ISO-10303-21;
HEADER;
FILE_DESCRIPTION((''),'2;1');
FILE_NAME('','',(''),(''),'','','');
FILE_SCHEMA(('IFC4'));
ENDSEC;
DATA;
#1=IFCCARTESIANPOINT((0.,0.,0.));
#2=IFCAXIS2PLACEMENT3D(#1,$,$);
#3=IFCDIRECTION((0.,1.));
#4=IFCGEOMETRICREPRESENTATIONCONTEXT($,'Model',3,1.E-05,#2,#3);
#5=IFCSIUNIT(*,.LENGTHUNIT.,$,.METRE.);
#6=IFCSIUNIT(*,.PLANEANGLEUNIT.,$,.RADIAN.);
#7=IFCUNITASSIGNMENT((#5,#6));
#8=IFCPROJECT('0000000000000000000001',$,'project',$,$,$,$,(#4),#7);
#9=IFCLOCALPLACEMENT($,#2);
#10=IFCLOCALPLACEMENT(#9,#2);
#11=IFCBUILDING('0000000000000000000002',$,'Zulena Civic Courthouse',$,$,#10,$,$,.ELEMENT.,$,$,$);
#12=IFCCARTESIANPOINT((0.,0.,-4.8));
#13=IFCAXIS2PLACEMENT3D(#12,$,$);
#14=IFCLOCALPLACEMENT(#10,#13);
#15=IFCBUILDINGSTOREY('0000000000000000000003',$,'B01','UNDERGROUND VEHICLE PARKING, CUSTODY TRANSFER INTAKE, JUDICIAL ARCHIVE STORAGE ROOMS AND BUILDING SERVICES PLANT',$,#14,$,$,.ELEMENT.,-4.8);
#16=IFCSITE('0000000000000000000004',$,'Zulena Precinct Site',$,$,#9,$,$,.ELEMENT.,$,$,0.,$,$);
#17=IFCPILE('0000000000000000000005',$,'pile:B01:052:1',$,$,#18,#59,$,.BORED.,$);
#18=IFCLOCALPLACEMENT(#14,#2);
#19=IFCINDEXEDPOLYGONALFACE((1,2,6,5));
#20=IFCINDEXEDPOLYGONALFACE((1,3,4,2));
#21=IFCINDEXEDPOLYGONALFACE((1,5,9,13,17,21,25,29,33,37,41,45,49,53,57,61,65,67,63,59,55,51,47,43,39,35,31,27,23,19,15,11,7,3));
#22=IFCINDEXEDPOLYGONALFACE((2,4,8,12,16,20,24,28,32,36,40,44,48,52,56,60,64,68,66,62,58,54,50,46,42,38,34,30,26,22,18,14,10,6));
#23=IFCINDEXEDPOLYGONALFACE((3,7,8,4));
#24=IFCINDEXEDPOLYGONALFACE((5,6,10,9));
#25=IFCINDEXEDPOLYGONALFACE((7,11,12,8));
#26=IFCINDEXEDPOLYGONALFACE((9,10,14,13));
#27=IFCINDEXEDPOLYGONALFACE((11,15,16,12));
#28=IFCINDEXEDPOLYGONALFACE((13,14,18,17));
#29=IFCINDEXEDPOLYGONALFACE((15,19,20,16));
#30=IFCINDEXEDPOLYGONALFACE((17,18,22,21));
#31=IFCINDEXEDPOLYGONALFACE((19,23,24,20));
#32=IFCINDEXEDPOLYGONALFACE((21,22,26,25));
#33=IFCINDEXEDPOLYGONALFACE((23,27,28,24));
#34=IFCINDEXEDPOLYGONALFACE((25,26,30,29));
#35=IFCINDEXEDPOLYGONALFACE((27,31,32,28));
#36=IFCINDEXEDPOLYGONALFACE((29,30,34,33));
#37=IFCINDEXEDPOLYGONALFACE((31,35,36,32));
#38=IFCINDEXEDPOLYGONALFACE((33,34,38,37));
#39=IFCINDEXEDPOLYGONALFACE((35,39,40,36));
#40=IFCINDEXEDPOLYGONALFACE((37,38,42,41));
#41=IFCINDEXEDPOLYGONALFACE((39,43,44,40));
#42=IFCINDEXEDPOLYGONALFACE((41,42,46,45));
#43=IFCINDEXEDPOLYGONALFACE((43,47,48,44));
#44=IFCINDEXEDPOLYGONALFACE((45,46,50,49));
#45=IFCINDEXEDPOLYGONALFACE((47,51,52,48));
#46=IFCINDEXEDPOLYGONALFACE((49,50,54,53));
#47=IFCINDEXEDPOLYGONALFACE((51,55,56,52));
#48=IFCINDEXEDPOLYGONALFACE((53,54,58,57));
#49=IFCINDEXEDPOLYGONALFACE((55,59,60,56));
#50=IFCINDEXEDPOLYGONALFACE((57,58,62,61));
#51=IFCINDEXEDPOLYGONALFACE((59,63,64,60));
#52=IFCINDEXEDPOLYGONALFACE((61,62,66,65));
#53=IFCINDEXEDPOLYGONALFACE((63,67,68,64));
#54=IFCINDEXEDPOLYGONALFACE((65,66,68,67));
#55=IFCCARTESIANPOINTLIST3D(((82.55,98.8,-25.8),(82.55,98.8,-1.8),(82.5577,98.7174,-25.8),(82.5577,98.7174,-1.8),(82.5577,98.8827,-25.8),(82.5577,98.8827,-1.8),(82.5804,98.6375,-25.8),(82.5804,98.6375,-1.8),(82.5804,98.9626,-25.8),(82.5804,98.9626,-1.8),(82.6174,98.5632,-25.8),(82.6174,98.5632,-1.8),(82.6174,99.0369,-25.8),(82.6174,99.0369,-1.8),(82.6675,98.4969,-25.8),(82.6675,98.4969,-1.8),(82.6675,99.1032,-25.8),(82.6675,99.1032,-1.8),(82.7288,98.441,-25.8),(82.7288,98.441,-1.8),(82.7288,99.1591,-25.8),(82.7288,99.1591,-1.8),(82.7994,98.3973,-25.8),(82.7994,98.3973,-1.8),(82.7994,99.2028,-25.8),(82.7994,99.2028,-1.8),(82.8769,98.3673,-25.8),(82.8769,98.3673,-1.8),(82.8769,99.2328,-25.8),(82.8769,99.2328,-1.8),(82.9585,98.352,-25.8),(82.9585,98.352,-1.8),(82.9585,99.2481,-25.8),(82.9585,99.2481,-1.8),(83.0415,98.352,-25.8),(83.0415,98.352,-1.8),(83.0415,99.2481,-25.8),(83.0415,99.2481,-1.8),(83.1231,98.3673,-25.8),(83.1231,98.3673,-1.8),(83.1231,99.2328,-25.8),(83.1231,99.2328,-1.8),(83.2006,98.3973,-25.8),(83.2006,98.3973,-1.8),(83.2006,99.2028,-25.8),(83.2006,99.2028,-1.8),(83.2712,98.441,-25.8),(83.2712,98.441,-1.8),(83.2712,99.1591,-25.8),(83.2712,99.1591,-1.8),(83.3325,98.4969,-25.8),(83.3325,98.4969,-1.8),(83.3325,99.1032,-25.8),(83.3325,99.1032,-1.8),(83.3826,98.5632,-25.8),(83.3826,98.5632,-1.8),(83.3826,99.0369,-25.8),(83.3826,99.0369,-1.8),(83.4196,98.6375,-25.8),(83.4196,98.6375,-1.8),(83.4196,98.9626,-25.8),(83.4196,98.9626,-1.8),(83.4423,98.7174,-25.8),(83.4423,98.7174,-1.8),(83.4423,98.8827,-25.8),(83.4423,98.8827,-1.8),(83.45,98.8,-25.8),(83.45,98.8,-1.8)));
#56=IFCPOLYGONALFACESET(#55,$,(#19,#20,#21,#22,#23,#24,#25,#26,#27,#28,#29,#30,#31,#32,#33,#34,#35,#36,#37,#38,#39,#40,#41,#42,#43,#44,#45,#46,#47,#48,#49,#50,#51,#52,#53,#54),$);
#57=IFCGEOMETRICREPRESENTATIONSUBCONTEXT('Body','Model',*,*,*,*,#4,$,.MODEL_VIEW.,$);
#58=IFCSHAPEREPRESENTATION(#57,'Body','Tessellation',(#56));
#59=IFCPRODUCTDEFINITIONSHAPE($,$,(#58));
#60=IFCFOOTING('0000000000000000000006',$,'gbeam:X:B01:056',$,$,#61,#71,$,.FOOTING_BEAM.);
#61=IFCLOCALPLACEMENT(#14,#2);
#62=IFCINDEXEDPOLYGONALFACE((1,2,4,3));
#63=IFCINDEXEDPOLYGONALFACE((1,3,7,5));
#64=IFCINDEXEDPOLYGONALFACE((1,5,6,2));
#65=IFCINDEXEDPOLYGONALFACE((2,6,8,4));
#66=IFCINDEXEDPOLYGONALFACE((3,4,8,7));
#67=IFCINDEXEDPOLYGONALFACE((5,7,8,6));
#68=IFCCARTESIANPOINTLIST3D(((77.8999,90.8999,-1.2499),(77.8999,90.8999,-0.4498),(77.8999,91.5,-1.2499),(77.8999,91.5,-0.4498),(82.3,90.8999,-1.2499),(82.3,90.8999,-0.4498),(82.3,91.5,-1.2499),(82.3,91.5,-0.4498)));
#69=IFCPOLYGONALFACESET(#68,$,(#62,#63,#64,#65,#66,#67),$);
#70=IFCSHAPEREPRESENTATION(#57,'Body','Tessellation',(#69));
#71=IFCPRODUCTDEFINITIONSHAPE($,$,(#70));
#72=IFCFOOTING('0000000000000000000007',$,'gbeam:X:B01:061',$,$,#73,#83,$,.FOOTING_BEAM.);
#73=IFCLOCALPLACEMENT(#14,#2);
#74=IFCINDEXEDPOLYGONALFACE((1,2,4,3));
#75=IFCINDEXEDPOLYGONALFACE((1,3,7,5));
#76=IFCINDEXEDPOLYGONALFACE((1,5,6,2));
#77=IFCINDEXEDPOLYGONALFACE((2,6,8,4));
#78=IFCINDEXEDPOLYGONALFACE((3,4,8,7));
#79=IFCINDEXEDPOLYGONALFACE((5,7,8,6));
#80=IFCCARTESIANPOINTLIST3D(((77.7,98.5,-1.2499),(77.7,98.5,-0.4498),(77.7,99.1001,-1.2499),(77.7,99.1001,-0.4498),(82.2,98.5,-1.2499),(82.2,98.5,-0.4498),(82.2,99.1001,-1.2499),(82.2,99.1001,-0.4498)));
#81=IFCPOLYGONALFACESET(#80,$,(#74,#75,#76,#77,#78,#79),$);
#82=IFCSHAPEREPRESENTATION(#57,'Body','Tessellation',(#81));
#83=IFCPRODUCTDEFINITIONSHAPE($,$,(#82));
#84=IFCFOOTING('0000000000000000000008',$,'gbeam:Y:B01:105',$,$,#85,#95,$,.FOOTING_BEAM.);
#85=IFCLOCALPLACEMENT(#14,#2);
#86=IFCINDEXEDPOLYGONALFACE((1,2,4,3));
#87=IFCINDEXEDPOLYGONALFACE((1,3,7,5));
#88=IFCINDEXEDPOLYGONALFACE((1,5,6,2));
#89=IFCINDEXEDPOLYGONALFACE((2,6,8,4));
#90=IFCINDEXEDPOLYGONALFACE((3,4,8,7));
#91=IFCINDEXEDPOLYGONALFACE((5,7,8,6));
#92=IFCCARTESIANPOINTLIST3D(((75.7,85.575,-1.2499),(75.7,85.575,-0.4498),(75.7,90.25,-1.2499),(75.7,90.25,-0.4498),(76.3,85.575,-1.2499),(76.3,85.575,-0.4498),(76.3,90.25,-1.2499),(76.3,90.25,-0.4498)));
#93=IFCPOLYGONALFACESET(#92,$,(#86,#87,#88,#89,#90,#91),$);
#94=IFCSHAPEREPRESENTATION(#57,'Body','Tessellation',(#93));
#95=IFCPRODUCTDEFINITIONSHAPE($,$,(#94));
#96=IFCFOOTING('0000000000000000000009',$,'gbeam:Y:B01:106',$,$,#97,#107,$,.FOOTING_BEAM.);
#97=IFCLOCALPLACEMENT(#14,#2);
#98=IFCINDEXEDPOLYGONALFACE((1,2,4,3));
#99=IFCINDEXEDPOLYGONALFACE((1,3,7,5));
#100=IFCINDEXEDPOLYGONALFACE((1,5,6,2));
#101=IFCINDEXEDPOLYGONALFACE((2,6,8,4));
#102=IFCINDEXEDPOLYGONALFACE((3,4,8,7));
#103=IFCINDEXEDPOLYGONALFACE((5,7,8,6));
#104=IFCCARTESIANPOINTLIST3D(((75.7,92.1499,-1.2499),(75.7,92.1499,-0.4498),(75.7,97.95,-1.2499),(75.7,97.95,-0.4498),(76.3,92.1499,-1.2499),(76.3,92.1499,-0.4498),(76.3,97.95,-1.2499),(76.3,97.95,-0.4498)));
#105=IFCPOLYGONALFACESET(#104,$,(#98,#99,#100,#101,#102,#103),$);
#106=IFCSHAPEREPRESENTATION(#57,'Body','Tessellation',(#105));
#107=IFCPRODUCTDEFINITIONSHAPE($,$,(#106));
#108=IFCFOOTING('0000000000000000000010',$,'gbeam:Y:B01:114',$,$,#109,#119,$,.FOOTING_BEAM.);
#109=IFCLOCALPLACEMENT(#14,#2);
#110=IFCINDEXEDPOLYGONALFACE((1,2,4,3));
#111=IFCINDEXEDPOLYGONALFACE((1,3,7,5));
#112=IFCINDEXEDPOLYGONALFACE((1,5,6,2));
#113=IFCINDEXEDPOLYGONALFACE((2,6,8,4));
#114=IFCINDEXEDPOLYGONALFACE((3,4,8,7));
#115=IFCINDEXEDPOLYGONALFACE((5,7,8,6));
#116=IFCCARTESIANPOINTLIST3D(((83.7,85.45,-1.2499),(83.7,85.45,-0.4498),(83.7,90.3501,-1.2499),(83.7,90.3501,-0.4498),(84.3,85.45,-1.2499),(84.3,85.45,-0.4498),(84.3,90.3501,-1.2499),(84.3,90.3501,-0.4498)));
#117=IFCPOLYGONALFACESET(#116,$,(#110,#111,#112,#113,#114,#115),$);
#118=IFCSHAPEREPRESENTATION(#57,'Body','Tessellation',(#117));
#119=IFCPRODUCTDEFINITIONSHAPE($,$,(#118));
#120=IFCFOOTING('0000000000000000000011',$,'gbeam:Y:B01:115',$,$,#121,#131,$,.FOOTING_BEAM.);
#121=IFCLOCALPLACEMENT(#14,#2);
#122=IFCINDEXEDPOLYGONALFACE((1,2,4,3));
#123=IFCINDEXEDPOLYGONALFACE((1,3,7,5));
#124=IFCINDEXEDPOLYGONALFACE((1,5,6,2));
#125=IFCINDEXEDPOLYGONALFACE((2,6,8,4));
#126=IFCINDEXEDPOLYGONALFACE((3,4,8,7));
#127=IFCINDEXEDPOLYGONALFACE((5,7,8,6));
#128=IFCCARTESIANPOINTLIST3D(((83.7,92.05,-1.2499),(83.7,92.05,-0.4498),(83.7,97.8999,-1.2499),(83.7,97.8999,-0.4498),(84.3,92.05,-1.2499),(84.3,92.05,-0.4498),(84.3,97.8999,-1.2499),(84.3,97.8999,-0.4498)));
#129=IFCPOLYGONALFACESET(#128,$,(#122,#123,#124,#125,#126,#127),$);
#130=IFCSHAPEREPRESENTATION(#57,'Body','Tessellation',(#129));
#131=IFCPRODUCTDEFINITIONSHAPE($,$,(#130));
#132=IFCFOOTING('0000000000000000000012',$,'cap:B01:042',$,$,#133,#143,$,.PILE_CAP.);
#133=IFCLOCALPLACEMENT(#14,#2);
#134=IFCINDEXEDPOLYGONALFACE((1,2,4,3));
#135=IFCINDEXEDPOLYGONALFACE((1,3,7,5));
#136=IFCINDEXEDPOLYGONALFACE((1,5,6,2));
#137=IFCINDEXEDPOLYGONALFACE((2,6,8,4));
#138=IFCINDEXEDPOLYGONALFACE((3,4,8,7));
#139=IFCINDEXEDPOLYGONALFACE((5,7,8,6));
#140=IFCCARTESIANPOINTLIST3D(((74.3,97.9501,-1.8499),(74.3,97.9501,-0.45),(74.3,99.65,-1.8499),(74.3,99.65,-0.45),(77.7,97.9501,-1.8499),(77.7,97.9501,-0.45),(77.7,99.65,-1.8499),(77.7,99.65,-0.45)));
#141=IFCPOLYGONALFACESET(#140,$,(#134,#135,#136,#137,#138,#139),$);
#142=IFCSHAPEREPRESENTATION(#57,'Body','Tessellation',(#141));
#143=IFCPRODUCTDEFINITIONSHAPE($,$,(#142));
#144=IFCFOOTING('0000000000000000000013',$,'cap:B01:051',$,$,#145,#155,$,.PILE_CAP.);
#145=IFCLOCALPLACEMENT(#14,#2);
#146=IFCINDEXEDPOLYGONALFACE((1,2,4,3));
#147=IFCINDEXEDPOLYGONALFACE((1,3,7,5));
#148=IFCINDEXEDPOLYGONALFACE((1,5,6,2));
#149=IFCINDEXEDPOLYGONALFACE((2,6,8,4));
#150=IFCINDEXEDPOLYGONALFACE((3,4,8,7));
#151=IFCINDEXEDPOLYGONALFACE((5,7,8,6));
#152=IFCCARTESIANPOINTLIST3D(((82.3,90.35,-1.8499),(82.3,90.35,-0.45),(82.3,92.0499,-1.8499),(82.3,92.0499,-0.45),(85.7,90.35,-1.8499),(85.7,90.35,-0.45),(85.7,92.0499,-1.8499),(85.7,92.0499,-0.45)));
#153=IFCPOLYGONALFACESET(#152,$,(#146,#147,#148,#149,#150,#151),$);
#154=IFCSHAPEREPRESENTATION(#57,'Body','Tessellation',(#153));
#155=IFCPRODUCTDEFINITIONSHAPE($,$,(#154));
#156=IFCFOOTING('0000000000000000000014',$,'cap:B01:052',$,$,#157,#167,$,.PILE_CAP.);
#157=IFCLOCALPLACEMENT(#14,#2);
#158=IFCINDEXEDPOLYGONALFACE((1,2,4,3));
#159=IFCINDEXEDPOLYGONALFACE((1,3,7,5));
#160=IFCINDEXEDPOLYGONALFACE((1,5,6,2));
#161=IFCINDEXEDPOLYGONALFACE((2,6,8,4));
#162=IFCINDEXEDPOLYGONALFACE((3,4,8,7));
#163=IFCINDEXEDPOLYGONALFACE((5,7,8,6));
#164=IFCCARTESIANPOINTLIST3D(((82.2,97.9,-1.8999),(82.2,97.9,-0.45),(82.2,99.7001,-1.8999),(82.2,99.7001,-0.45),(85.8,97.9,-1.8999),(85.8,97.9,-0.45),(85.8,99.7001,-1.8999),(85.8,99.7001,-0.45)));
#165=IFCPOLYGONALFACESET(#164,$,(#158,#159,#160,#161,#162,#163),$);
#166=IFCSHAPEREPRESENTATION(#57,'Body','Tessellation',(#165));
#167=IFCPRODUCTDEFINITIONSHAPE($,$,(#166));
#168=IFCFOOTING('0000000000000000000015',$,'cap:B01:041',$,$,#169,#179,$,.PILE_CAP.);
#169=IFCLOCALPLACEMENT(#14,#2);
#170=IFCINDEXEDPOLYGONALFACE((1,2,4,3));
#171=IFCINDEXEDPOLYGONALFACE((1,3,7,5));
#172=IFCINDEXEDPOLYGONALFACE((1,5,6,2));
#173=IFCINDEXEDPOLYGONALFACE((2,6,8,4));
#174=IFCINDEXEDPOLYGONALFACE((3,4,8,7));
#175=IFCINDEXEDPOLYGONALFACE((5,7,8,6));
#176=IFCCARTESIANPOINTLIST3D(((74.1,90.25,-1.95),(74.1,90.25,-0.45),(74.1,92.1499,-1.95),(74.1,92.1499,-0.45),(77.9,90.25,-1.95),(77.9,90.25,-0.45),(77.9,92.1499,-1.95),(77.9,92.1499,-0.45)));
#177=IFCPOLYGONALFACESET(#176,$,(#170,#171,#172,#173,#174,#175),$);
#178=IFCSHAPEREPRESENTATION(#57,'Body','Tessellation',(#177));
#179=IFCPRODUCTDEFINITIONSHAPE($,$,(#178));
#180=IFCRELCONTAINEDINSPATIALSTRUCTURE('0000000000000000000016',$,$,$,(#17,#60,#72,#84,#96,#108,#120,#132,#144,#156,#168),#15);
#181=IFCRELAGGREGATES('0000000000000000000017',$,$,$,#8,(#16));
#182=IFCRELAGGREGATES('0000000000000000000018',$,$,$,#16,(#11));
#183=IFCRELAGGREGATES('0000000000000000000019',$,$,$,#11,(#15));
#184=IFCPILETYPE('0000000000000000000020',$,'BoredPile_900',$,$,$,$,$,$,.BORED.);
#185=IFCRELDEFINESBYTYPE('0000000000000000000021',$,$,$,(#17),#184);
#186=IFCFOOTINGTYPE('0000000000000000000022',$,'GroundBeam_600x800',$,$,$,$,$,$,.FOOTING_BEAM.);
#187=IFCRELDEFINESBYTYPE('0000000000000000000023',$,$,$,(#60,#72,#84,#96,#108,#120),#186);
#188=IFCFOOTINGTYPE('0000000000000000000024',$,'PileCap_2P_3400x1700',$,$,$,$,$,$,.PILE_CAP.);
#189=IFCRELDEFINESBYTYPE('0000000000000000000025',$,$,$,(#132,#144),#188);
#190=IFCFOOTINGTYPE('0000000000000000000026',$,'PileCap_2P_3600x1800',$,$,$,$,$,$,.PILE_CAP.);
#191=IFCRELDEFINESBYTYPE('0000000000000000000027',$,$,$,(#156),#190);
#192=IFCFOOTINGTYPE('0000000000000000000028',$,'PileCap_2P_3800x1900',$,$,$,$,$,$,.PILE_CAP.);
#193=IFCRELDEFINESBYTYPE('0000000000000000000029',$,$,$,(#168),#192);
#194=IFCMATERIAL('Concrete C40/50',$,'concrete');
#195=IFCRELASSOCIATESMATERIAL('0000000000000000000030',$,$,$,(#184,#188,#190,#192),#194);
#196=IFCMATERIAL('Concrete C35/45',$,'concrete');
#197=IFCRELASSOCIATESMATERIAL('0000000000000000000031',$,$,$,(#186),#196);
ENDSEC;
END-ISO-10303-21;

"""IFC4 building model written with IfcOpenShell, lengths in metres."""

from ifc_helpers import new_model, si_unit, direction, frame, origin, origin_2d, place, context, subcontext, project, spatial, rectangle, circle, extrude, material, material_profile, profile_set, type_object, element, save


model = new_model("IFC4")

# Units and contexts
model_context = context("Model", 3, precision=1e-05, world=origin(), true_north=direction((0.0, 1.0)))
body_context = subcontext(model_context, "Body", "Model", "MODEL_VIEW")
ifc_project = project(units=[si_unit("LENGTHUNIT", "METRE"), si_unit("PLANEANGLEUNIT", "RADIAN")], contexts=[model_context])

# Site, building, storey
site_placement = place(None, origin())
site = spatial("IfcSite", under=ifc_project, at=site_placement, Name="Zulena Precinct Site", CompositionType="ELEMENT", RefElevation=0.0)
building_placement = place(site_placement, origin())
building = spatial("IfcBuilding", under=site, at=building_placement, Name="Zulena Civic Courthouse", CompositionType="ELEMENT")
storey_placement = place(building_placement, frame((0.0, 0.0, -4.8)))
storey = spatial("IfcBuildingStorey", under=building, at=storey_placement, Name="B01", Description="UNDERGROUND VEHICLE PARKING, CUSTODY TRANSFER INTAKE, JUDICIAL ARCHIVE STORAGE ROOMS AND BUILDING SERVICES PLANT", CompositionType="ELEMENT", Elevation=-4.8)

# Pile
ifc_material_1 = material(Name="Concrete C40/50", Category="concrete")
ifc_material_profile_1 = material_profile(ifc_material_1, circle(Radius=0.45, at=origin_2d()), Name="PILE900")
ifc_profile_set_1 = profile_set([ifc_material_profile_1], Name="Concrete C40/50")
pile_type_1 = type_object("IfcPileType", Name="BoredPile_900", PredefinedType="BORED", material=ifc_profile_set_1)
for number, where, z_axis, x_axis, name in (
    (1, (83.0, 98.8, -1.8), (0.0, 0.0, -1.0), (1.0, 0.0, 0.0), "pile:B01:052:1"),
):
    element("IfcPile", number, at=place(storey_placement, frame(where, z_axis=z_axis, x_axis=x_axis)), inside=storey, type_object=pile_type_1, Name=name, PredefinedType="BORED", context=body_context, shape_type="SweptSolid", body=[
        extrude(circle(Radius=0.45, at=origin_2d()), origin(), (0.0, 0.0, 1.0), 24.0),
    ])

# Footings
ifc_material_2 = material(Name="Concrete C35/45", Category="concrete")
ifc_material_profile_2 = material_profile(ifc_material_2, rectangle(XDim=0.6001, YDim=0.8, at=origin_2d()), Name="RC600X800")
ifc_profile_set_2 = profile_set([ifc_material_profile_2], Name="Concrete C35/45")
footing_type_1 = type_object("IfcFootingType", Name="GroundBeam_600x800", PredefinedType="FOOTING_BEAM", material=ifc_profile_set_2)
footing_1_placement = place(storey_placement, frame((77.8999, 91.2, -0.8499), z_axis=(1.0, 0.0, 0.0), x_axis=(0.0, 1.0, 0.0)))
element("IfcFooting", 2, at=footing_1_placement, inside=storey, type_object=footing_type_1, Name="gbeam:X:B01:056", PredefinedType="FOOTING_BEAM", context=body_context, shape_type="SweptSolid", body=[
    extrude(rectangle(XDim=0.6001, YDim=0.8, at=origin_2d()), origin(), (0.0, 0.0, 1.0), 4.4001),
])
footing_2_placement = place(storey_placement, frame((77.7, 98.8, -0.8499), z_axis=(1.0, 0.0, 0.0), x_axis=(0.0, 1.0, 0.0)))
element("IfcFooting", 3, at=footing_2_placement, inside=storey, type_object=footing_type_1, Name="gbeam:X:B01:061", PredefinedType="FOOTING_BEAM", context=body_context, shape_type="SweptSolid", body=[
    extrude(rectangle(XDim=0.6001, YDim=0.8, at=origin_2d()), origin(), (0.0, 0.0, 1.0), 4.5),
])
footing_3_placement = place(storey_placement, frame((76.0, 85.575, -0.8499), z_axis=(0.0, 1.0, 0.0), x_axis=(-1.0, 0.0, 0.0)))
element("IfcFooting", 4, at=footing_3_placement, inside=storey, type_object=footing_type_1, Name="gbeam:Y:B01:105", PredefinedType="FOOTING_BEAM", context=body_context, shape_type="SweptSolid", body=[
    extrude(rectangle(XDim=0.6001, YDim=0.8, at=origin_2d()), origin(), (0.0, 0.0, 1.0), 4.675),
])
footing_4_placement = place(storey_placement, frame((76.0, 92.1499, -0.8499), z_axis=(0.0, 1.0, 0.0), x_axis=(-1.0, 0.0, 0.0)))
element("IfcFooting", 5, at=footing_4_placement, inside=storey, type_object=footing_type_1, Name="gbeam:Y:B01:106", PredefinedType="FOOTING_BEAM", context=body_context, shape_type="SweptSolid", body=[
    extrude(rectangle(XDim=0.6001, YDim=0.8, at=origin_2d()), origin(), (0.0, 0.0, 1.0), 5.8),
])
footing_5_placement = place(storey_placement, frame((84.0, 85.45, -0.8499), z_axis=(0.0, 1.0, 0.0), x_axis=(-1.0, 0.0, 0.0)))
element("IfcFooting", 6, at=footing_5_placement, inside=storey, type_object=footing_type_1, Name="gbeam:Y:B01:114", PredefinedType="FOOTING_BEAM", context=body_context, shape_type="SweptSolid", body=[
    extrude(rectangle(XDim=0.6001, YDim=0.8, at=origin_2d()), origin(), (0.0, 0.0, 1.0), 4.9001),
])
footing_6_placement = place(storey_placement, frame((84.0, 92.05, -0.8499), z_axis=(0.0, 1.0, 0.0), x_axis=(-1.0, 0.0, 0.0)))
element("IfcFooting", 7, at=footing_6_placement, inside=storey, type_object=footing_type_1, Name="gbeam:Y:B01:115", PredefinedType="FOOTING_BEAM", context=body_context, shape_type="SweptSolid", body=[
    extrude(rectangle(XDim=0.6001, YDim=0.8, at=origin_2d()), origin(), (0.0, 0.0, 1.0), 5.8499),
])
footing_type_2 = type_object("IfcFootingType", Name="PileCap_2P_3400x1700", PredefinedType="PILE_CAP", material=ifc_material_1)
for number, where, z_axis, x_axis, name in (
    (8, (76.0, 98.8, -1.8499), (0.0, 0.0, 1.0), (1.0, 0.0, 0.0), "cap:B01:042"),
    (9, (84.0, 91.2, -1.8499), (0.0, 0.0, 1.0), (1.0, 0.0, 0.0), "cap:B01:051"),
):
    element("IfcFooting", number, at=place(storey_placement, frame(where, z_axis=z_axis, x_axis=x_axis)), inside=storey, type_object=footing_type_2, Name=name, PredefinedType="PILE_CAP", context=body_context, shape_type="SweptSolid", body=[
        extrude(rectangle(XDim=3.3999, YDim=1.7, at=origin_2d()), origin(), (0.0, 0.0, 1.0), 1.3999),
    ])
footing_type_3 = type_object("IfcFootingType", Name="PileCap_2P_3600x1800", PredefinedType="PILE_CAP", material=ifc_material_1)
footing_7_placement = place(storey_placement, frame((84.0, 98.8, -1.8999), z_axis=(0.0, 0.0, 1.0), x_axis=(1.0, 0.0, 0.0)))
element("IfcFooting", 10, at=footing_7_placement, inside=storey, type_object=footing_type_3, Name="cap:B01:052", PredefinedType="PILE_CAP", context=body_context, shape_type="SweptSolid", body=[
    extrude(rectangle(XDim=3.6001, YDim=1.8, at=origin_2d()), origin(), (0.0, 0.0, 1.0), 1.45),
])
footing_type_4 = type_object("IfcFootingType", Name="PileCap_2P_3800x1900", PredefinedType="PILE_CAP", material=ifc_material_1)
footing_8_placement = place(storey_placement, frame((76.0, 91.2, -1.95), z_axis=(0.0, 0.0, 1.0), x_axis=(1.0, 0.0, 0.0)))
element("IfcFooting", 11, at=footing_8_placement, inside=storey, type_object=footing_type_4, Name="cap:B01:041", PredefinedType="PILE_CAP", context=body_context, shape_type="SweptSolid", body=[
    extrude(rectangle(XDim=3.8, YDim=1.8999, at=origin_2d()), origin(), (0.0, 0.0, 1.0), 1.5),
])

save(model, "model.ifc")
